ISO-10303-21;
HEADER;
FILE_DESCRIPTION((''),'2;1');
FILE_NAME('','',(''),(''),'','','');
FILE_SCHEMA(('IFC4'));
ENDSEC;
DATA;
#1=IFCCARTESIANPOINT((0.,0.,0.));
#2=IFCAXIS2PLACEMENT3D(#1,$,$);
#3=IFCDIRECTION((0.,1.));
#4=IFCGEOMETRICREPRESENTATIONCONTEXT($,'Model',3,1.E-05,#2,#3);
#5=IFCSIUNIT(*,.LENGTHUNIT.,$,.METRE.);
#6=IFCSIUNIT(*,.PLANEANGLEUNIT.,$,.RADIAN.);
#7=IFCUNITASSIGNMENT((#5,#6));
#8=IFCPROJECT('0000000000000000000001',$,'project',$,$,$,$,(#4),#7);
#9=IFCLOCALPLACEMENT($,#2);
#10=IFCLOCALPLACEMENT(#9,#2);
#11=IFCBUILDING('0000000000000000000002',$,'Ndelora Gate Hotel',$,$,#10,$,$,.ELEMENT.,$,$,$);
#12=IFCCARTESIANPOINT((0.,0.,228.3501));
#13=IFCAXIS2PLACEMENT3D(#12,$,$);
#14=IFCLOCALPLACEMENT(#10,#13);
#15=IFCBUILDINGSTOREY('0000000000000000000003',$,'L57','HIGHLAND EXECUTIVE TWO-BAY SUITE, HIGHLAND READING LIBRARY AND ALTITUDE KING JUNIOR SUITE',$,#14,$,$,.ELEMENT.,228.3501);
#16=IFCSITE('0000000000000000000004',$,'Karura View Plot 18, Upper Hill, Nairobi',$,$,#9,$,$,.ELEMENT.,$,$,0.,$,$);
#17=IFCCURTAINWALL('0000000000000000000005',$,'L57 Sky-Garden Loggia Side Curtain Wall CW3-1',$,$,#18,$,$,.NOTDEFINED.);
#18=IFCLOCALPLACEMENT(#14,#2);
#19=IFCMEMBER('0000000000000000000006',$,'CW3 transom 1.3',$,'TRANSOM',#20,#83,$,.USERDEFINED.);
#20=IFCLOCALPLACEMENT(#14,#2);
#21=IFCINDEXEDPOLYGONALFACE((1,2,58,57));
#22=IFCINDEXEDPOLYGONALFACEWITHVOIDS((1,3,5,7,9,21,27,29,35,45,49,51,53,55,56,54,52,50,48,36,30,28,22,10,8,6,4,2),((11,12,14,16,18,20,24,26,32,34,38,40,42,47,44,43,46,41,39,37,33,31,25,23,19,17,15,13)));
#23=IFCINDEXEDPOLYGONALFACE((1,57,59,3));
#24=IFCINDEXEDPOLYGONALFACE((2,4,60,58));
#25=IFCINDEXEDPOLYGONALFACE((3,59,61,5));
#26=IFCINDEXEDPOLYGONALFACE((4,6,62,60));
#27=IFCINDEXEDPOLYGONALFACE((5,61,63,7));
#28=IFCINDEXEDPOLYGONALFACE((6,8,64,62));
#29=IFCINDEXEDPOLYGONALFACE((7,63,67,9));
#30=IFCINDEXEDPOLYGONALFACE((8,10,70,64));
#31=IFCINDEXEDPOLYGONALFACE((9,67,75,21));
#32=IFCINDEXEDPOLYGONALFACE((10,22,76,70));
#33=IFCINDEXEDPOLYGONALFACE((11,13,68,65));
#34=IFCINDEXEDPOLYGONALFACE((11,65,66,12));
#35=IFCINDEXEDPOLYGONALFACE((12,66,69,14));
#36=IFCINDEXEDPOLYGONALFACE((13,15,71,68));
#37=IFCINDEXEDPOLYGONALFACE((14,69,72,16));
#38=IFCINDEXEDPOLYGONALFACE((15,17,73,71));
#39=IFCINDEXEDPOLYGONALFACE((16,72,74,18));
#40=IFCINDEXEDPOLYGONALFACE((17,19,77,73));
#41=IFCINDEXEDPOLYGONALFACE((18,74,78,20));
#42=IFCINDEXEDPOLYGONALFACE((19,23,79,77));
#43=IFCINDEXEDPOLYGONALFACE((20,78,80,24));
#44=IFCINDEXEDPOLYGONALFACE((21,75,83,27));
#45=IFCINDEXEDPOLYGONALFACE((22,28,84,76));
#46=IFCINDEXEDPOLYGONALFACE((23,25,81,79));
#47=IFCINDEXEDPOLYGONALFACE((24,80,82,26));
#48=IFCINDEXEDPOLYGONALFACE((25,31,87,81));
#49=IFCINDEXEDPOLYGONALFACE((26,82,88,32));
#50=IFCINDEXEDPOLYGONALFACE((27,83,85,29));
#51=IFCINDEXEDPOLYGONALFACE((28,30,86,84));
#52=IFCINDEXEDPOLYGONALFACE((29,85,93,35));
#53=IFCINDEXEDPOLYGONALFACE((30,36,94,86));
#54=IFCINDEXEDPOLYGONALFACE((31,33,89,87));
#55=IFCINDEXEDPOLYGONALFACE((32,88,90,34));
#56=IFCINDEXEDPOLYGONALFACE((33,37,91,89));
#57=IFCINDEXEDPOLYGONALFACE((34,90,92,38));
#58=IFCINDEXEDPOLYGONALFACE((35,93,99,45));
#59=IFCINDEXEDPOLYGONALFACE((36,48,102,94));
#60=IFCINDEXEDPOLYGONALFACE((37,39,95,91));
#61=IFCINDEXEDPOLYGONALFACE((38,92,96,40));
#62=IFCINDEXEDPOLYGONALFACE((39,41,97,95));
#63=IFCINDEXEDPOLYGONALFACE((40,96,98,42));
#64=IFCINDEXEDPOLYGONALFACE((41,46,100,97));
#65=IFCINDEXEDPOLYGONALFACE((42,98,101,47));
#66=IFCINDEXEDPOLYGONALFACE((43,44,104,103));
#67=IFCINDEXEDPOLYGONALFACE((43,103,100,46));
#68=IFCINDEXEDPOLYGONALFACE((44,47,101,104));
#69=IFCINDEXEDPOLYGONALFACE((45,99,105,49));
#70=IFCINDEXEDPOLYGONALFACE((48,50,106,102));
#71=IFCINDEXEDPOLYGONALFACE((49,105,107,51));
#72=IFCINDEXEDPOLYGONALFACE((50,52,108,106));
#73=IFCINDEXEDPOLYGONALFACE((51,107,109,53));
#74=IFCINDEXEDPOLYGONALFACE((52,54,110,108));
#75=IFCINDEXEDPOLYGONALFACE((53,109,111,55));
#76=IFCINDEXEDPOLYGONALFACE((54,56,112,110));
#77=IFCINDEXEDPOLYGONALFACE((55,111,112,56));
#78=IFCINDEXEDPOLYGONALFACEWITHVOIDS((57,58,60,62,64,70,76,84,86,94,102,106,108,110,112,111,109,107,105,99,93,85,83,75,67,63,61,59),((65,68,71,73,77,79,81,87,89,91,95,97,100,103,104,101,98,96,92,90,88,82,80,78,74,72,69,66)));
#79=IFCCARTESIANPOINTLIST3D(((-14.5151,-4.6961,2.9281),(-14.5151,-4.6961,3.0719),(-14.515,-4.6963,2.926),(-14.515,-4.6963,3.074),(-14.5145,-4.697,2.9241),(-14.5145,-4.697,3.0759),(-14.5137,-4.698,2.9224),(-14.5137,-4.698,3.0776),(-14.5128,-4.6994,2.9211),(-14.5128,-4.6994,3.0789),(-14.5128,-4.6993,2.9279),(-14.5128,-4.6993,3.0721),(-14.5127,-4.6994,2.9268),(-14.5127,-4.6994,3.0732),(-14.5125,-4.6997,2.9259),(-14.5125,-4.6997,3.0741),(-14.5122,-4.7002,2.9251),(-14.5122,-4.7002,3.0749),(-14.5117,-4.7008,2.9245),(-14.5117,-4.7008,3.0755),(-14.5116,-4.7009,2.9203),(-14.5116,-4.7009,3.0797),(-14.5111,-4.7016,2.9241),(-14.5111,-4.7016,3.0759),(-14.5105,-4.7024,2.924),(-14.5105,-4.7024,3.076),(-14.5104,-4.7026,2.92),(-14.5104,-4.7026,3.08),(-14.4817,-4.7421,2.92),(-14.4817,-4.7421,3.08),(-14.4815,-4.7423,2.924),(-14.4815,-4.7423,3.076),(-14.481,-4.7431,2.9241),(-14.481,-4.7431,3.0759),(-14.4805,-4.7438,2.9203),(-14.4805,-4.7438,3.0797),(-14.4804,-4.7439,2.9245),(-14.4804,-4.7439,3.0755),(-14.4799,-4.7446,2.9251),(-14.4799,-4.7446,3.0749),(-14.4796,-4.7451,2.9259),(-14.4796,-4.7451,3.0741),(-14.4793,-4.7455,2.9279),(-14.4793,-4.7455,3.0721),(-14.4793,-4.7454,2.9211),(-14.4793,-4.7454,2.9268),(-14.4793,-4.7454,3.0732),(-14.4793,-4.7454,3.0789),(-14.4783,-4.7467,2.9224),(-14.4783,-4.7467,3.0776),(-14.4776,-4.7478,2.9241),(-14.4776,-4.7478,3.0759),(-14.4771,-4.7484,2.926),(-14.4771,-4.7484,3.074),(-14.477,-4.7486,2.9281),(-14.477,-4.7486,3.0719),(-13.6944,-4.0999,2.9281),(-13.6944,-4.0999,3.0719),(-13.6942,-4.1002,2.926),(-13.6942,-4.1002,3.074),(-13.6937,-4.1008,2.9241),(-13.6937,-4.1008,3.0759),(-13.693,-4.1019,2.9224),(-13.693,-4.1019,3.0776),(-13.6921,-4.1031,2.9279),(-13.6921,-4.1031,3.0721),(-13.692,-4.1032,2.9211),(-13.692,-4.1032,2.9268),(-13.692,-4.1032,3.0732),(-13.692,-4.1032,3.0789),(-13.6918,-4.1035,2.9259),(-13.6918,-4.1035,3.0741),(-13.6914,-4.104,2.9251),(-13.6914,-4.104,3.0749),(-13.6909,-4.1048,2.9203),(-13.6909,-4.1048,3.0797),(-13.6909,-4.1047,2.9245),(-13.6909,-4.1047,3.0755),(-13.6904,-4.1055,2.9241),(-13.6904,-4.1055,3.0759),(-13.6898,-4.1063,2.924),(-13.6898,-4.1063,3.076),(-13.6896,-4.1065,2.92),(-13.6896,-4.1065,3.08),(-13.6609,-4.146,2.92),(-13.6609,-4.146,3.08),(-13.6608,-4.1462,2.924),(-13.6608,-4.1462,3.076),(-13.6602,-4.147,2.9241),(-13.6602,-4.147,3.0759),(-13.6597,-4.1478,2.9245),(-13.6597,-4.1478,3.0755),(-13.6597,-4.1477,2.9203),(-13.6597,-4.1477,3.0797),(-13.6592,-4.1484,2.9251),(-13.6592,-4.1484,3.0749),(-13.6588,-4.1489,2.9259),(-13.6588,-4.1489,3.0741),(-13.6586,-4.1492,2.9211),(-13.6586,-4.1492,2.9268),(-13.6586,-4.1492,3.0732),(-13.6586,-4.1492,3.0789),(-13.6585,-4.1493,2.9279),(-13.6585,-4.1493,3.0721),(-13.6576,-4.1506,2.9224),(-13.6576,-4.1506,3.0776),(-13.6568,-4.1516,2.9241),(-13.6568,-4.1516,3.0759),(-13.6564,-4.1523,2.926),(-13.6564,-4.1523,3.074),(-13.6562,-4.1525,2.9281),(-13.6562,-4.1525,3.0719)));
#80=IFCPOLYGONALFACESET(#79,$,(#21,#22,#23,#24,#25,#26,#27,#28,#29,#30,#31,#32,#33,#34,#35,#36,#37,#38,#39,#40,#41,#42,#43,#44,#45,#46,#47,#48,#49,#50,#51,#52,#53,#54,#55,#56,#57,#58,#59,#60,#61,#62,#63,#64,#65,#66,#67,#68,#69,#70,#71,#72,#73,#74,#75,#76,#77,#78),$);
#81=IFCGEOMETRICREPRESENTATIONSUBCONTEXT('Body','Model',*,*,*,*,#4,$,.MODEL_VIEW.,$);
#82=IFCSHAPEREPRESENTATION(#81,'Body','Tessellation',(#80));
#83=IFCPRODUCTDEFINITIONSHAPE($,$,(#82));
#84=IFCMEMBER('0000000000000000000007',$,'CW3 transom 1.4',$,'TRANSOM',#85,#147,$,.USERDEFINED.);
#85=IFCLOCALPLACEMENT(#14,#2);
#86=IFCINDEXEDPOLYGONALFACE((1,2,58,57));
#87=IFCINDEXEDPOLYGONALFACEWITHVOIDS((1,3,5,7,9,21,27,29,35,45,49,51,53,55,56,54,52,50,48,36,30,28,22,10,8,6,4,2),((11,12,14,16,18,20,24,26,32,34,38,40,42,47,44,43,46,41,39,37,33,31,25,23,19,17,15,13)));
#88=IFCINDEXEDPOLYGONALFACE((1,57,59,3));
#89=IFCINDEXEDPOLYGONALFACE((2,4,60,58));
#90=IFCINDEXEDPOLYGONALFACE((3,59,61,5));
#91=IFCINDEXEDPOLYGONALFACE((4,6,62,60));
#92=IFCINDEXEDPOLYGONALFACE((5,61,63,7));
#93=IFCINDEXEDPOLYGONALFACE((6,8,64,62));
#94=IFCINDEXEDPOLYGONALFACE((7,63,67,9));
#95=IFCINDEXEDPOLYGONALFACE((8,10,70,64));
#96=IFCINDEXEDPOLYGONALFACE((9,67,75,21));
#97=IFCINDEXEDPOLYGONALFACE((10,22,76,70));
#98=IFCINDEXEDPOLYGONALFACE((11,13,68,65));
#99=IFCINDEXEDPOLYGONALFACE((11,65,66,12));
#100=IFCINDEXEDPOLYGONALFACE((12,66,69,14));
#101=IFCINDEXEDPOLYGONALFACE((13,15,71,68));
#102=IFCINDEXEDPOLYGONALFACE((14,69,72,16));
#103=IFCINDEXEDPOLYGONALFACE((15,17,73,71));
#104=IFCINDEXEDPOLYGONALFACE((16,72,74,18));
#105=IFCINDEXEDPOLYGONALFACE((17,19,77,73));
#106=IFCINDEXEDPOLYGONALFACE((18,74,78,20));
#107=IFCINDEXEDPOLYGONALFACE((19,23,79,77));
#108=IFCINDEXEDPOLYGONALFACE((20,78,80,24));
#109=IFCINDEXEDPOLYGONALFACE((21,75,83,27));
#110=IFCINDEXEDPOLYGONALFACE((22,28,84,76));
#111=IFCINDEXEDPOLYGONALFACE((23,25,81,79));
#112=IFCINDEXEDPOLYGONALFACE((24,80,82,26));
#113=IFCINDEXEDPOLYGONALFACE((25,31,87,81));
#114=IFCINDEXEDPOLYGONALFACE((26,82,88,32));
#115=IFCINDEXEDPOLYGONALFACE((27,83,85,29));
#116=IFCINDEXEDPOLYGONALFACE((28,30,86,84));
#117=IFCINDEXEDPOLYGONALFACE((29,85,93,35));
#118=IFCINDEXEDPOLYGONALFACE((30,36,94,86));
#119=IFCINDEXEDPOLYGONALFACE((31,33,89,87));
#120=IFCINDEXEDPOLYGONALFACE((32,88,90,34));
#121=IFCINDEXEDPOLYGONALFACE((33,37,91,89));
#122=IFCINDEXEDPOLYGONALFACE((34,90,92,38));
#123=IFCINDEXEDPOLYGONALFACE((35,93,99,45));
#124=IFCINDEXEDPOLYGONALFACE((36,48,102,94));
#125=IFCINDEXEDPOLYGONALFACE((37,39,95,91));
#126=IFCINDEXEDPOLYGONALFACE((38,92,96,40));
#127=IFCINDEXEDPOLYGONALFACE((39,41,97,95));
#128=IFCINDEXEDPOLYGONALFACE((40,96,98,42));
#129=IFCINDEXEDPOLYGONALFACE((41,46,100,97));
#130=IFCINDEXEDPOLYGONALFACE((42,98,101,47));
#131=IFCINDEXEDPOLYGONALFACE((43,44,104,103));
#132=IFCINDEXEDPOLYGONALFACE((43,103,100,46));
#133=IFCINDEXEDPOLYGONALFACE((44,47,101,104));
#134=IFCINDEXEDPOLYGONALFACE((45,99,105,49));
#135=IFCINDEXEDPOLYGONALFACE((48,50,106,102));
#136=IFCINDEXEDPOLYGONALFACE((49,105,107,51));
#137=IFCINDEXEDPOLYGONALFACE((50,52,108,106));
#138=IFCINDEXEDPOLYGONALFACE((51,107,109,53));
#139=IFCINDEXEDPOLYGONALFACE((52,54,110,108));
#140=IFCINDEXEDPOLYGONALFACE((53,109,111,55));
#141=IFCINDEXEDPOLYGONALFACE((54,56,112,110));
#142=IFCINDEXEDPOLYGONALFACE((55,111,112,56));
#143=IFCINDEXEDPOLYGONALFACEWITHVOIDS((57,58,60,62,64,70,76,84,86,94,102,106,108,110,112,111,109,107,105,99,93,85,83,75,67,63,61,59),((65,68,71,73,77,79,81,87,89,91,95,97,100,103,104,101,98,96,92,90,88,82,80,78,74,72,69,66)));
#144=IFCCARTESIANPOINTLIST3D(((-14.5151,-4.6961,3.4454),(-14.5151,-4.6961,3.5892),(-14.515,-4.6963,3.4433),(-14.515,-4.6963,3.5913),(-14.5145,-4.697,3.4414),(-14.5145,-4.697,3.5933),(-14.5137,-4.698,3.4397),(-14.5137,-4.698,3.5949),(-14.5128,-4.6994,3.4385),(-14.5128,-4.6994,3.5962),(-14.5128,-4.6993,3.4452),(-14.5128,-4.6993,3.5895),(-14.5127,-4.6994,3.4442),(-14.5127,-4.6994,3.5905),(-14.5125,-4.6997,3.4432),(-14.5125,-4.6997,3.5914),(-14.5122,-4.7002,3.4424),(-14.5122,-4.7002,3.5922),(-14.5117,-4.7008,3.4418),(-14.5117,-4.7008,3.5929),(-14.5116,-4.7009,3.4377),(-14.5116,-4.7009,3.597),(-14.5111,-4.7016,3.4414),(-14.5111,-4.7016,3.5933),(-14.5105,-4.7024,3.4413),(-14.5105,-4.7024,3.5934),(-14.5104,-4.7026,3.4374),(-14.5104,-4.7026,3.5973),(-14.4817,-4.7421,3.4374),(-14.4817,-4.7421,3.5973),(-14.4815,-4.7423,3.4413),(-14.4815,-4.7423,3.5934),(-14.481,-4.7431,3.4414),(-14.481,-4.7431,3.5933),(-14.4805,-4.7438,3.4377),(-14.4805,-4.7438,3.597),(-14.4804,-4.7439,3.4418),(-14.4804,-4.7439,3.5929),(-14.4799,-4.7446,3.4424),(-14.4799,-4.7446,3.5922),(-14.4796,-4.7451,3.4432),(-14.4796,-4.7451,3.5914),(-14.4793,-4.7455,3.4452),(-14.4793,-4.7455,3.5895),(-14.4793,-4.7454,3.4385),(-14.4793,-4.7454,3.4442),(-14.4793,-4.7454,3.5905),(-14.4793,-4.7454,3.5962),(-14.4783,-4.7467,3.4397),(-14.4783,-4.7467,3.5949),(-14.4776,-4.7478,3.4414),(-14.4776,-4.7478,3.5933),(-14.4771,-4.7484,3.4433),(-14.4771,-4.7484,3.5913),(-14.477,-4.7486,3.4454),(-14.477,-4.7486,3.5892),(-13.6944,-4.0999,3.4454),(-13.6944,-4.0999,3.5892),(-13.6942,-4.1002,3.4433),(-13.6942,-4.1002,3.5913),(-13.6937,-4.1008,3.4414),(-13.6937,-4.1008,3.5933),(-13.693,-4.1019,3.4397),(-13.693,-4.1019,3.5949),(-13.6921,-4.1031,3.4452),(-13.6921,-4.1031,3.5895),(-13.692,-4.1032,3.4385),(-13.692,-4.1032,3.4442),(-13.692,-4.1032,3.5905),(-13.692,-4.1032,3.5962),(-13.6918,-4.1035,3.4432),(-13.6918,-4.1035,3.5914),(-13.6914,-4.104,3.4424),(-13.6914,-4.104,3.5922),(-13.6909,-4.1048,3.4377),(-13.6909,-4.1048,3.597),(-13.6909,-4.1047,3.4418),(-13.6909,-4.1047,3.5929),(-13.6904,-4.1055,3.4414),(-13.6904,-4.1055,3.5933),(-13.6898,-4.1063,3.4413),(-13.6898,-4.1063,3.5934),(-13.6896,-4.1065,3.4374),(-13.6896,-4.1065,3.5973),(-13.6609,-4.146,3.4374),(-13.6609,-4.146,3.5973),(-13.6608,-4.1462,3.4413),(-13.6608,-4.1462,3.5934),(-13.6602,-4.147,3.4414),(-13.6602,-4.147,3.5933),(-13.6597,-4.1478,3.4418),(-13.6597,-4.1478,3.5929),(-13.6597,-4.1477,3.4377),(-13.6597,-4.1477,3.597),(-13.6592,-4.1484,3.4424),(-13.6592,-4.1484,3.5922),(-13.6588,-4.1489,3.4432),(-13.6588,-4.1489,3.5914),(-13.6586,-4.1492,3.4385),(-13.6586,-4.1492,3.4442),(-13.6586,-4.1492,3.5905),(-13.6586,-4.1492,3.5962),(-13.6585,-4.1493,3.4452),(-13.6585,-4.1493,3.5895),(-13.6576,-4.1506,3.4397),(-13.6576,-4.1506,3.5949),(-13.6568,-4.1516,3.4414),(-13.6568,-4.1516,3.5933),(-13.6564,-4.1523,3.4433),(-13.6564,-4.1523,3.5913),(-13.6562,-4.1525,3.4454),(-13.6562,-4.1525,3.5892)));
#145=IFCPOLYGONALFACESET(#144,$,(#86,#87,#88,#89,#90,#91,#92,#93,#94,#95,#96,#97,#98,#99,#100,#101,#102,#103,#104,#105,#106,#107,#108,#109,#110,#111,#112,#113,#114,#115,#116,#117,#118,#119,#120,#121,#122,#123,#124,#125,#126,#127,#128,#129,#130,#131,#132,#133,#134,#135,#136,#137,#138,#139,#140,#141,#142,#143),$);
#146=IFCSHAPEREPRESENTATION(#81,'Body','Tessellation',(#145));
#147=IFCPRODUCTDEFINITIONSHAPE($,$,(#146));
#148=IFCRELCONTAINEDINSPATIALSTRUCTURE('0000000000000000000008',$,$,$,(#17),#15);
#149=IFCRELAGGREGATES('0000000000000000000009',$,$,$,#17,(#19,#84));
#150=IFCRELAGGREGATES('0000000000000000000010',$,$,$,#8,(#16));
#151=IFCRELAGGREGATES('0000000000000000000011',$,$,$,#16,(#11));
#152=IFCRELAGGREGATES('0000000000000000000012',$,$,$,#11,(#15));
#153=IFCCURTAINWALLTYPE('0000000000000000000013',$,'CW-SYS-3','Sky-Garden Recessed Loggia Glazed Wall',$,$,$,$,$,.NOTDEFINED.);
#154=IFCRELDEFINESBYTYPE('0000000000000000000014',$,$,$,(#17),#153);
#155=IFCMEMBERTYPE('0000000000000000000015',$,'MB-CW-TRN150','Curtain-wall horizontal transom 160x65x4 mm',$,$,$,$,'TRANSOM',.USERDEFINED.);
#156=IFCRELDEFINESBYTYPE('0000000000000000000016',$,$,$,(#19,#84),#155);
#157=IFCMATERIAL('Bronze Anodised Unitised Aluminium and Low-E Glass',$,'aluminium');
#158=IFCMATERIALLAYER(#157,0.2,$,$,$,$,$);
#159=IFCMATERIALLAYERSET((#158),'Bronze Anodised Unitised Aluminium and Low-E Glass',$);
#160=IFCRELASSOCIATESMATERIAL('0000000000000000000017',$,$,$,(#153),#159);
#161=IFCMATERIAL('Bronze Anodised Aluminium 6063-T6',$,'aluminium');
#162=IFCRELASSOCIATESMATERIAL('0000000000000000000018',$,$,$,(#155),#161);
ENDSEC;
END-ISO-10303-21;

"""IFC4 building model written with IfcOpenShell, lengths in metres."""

from ifc_helpers import new_model, si_unit, direction, frame, origin, origin_2d, place, context, subcontext, project, spatial, hollow_rectangle, extrude, material, layer, layer_set, material_profile, profile_set, type_object, element, aggregate, save


model = new_model("IFC4")

# Units and contexts
model_context = context("Model", 3, precision=1e-05, world=origin(), true_north=direction((0.0, 1.0)))
body_context = subcontext(model_context, "Body", "Model", "MODEL_VIEW")
ifc_project = project(units=[si_unit("LENGTHUNIT", "METRE"), si_unit("PLANEANGLEUNIT", "RADIAN")], contexts=[model_context])

# Site, building, storey
site_placement = place(None, origin())
site = spatial("IfcSite", under=ifc_project, at=site_placement, Name="Karura View Plot 18, Upper Hill, Nairobi", CompositionType="ELEMENT", RefElevation=0.0)
building_placement = place(site_placement, origin())
building = spatial("IfcBuilding", under=site, at=building_placement, Name="Ndelora Gate Hotel", CompositionType="ELEMENT")
storey_placement = place(building_placement, frame((0.0, 0.0, 228.3501)))
storey = spatial("IfcBuildingStorey", under=building, at=storey_placement, Name="L57", Description="HIGHLAND EXECUTIVE TWO-BAY SUITE, HIGHLAND READING LIBRARY AND ALTITUDE KING JUNIOR SUITE", CompositionType="ELEMENT", Elevation=228.3501)

# Curtain wall, members
ifc_material_1 = material(Name="Bronze Anodised Unitised Aluminium and Low-E Glass", Category="aluminium")
ifc_layer_1 = layer(ifc_material_1, 0.2)
ifc_layer_set_1 = layer_set([ifc_layer_1], Name="Bronze Anodised Unitised Aluminium and Low-E Glass")
curtain_wall_type = type_object("IfcCurtainWallType", Name="CW-SYS-3", Description="Sky-Garden Recessed Loggia Glazed Wall", PredefinedType="NOTDEFINED", material=ifc_layer_set_1)
curtain_wall_placement = place(storey_placement, origin())
curtain_wall = element("IfcCurtainWall", 1, at=curtain_wall_placement, inside=storey, type_object=curtain_wall_type, Name="L57 Sky-Garden Loggia Side Curtain Wall CW3-1", PredefinedType="NOTDEFINED")
ifc_material_2 = material(Name="Bronze Anodised Aluminium 6063-T6", Category="aluminium")
ifc_material_profile_1 = material_profile(ifc_material_2, hollow_rectangle(XDim=0.0649, YDim=0.1599, WallThickness=0.0039, InnerFilletRadius=0.0039, OuterFilletRadius=0.0081, at=origin_2d()), Name="ALU 160x65x4")
ifc_profile_set_1 = profile_set([ifc_material_profile_1], Name="Bronze Anodised Aluminium 6063-T6")
member_type_1 = type_object("IfcMemberType", Name="MB-CW-TRN150", Description="Curtain-wall horizontal transom 160x65x4 mm", ElementType="TRANSOM", PredefinedType="USERDEFINED", material=ifc_profile_set_1)
member_1_placement = place(storey_placement, frame((-13.6753, -4.1262, 3.0), z_axis=(-0.80909, -0.587685, 0.0), x_axis=(0.587685, -0.80909, 0.0)))
member_1 = element("IfcMember", 2, at=member_1_placement, type_object=member_type_1, Name="CW3 transom 1.3", ObjectType="TRANSOM", PredefinedType="USERDEFINED", context=body_context, shape_type="SweptSolid", body=[
    extrude(hollow_rectangle(XDim=0.0649, YDim=0.1599, WallThickness=0.0039, InnerFilletRadius=0.0039, OuterFilletRadius=0.0081, at=origin_2d()), origin(), (0.0, 0.0, 1.0), 1.0144),
])
member_2_placement = place(storey_placement, frame((-13.6753, -4.1262, 3.5173), z_axis=(-0.80909, -0.587685, 0.0), x_axis=(0.587685, -0.80909, 0.0)))
member_2 = element("IfcMember", 3, at=member_2_placement, type_object=member_type_1, Name="CW3 transom 1.4", ObjectType="TRANSOM", PredefinedType="USERDEFINED", context=body_context, shape_type="SweptSolid", body=[
    extrude(hollow_rectangle(XDim=0.0649, YDim=0.1599, WallThickness=0.0039, InnerFilletRadius=0.0039, OuterFilletRadius=0.0081, at=origin_2d()), origin(), (0.0, 0.0, 1.0), 1.0144),
])
aggregate(curtain_wall, [member_1, member_2])

save(model, "model.ifc")
